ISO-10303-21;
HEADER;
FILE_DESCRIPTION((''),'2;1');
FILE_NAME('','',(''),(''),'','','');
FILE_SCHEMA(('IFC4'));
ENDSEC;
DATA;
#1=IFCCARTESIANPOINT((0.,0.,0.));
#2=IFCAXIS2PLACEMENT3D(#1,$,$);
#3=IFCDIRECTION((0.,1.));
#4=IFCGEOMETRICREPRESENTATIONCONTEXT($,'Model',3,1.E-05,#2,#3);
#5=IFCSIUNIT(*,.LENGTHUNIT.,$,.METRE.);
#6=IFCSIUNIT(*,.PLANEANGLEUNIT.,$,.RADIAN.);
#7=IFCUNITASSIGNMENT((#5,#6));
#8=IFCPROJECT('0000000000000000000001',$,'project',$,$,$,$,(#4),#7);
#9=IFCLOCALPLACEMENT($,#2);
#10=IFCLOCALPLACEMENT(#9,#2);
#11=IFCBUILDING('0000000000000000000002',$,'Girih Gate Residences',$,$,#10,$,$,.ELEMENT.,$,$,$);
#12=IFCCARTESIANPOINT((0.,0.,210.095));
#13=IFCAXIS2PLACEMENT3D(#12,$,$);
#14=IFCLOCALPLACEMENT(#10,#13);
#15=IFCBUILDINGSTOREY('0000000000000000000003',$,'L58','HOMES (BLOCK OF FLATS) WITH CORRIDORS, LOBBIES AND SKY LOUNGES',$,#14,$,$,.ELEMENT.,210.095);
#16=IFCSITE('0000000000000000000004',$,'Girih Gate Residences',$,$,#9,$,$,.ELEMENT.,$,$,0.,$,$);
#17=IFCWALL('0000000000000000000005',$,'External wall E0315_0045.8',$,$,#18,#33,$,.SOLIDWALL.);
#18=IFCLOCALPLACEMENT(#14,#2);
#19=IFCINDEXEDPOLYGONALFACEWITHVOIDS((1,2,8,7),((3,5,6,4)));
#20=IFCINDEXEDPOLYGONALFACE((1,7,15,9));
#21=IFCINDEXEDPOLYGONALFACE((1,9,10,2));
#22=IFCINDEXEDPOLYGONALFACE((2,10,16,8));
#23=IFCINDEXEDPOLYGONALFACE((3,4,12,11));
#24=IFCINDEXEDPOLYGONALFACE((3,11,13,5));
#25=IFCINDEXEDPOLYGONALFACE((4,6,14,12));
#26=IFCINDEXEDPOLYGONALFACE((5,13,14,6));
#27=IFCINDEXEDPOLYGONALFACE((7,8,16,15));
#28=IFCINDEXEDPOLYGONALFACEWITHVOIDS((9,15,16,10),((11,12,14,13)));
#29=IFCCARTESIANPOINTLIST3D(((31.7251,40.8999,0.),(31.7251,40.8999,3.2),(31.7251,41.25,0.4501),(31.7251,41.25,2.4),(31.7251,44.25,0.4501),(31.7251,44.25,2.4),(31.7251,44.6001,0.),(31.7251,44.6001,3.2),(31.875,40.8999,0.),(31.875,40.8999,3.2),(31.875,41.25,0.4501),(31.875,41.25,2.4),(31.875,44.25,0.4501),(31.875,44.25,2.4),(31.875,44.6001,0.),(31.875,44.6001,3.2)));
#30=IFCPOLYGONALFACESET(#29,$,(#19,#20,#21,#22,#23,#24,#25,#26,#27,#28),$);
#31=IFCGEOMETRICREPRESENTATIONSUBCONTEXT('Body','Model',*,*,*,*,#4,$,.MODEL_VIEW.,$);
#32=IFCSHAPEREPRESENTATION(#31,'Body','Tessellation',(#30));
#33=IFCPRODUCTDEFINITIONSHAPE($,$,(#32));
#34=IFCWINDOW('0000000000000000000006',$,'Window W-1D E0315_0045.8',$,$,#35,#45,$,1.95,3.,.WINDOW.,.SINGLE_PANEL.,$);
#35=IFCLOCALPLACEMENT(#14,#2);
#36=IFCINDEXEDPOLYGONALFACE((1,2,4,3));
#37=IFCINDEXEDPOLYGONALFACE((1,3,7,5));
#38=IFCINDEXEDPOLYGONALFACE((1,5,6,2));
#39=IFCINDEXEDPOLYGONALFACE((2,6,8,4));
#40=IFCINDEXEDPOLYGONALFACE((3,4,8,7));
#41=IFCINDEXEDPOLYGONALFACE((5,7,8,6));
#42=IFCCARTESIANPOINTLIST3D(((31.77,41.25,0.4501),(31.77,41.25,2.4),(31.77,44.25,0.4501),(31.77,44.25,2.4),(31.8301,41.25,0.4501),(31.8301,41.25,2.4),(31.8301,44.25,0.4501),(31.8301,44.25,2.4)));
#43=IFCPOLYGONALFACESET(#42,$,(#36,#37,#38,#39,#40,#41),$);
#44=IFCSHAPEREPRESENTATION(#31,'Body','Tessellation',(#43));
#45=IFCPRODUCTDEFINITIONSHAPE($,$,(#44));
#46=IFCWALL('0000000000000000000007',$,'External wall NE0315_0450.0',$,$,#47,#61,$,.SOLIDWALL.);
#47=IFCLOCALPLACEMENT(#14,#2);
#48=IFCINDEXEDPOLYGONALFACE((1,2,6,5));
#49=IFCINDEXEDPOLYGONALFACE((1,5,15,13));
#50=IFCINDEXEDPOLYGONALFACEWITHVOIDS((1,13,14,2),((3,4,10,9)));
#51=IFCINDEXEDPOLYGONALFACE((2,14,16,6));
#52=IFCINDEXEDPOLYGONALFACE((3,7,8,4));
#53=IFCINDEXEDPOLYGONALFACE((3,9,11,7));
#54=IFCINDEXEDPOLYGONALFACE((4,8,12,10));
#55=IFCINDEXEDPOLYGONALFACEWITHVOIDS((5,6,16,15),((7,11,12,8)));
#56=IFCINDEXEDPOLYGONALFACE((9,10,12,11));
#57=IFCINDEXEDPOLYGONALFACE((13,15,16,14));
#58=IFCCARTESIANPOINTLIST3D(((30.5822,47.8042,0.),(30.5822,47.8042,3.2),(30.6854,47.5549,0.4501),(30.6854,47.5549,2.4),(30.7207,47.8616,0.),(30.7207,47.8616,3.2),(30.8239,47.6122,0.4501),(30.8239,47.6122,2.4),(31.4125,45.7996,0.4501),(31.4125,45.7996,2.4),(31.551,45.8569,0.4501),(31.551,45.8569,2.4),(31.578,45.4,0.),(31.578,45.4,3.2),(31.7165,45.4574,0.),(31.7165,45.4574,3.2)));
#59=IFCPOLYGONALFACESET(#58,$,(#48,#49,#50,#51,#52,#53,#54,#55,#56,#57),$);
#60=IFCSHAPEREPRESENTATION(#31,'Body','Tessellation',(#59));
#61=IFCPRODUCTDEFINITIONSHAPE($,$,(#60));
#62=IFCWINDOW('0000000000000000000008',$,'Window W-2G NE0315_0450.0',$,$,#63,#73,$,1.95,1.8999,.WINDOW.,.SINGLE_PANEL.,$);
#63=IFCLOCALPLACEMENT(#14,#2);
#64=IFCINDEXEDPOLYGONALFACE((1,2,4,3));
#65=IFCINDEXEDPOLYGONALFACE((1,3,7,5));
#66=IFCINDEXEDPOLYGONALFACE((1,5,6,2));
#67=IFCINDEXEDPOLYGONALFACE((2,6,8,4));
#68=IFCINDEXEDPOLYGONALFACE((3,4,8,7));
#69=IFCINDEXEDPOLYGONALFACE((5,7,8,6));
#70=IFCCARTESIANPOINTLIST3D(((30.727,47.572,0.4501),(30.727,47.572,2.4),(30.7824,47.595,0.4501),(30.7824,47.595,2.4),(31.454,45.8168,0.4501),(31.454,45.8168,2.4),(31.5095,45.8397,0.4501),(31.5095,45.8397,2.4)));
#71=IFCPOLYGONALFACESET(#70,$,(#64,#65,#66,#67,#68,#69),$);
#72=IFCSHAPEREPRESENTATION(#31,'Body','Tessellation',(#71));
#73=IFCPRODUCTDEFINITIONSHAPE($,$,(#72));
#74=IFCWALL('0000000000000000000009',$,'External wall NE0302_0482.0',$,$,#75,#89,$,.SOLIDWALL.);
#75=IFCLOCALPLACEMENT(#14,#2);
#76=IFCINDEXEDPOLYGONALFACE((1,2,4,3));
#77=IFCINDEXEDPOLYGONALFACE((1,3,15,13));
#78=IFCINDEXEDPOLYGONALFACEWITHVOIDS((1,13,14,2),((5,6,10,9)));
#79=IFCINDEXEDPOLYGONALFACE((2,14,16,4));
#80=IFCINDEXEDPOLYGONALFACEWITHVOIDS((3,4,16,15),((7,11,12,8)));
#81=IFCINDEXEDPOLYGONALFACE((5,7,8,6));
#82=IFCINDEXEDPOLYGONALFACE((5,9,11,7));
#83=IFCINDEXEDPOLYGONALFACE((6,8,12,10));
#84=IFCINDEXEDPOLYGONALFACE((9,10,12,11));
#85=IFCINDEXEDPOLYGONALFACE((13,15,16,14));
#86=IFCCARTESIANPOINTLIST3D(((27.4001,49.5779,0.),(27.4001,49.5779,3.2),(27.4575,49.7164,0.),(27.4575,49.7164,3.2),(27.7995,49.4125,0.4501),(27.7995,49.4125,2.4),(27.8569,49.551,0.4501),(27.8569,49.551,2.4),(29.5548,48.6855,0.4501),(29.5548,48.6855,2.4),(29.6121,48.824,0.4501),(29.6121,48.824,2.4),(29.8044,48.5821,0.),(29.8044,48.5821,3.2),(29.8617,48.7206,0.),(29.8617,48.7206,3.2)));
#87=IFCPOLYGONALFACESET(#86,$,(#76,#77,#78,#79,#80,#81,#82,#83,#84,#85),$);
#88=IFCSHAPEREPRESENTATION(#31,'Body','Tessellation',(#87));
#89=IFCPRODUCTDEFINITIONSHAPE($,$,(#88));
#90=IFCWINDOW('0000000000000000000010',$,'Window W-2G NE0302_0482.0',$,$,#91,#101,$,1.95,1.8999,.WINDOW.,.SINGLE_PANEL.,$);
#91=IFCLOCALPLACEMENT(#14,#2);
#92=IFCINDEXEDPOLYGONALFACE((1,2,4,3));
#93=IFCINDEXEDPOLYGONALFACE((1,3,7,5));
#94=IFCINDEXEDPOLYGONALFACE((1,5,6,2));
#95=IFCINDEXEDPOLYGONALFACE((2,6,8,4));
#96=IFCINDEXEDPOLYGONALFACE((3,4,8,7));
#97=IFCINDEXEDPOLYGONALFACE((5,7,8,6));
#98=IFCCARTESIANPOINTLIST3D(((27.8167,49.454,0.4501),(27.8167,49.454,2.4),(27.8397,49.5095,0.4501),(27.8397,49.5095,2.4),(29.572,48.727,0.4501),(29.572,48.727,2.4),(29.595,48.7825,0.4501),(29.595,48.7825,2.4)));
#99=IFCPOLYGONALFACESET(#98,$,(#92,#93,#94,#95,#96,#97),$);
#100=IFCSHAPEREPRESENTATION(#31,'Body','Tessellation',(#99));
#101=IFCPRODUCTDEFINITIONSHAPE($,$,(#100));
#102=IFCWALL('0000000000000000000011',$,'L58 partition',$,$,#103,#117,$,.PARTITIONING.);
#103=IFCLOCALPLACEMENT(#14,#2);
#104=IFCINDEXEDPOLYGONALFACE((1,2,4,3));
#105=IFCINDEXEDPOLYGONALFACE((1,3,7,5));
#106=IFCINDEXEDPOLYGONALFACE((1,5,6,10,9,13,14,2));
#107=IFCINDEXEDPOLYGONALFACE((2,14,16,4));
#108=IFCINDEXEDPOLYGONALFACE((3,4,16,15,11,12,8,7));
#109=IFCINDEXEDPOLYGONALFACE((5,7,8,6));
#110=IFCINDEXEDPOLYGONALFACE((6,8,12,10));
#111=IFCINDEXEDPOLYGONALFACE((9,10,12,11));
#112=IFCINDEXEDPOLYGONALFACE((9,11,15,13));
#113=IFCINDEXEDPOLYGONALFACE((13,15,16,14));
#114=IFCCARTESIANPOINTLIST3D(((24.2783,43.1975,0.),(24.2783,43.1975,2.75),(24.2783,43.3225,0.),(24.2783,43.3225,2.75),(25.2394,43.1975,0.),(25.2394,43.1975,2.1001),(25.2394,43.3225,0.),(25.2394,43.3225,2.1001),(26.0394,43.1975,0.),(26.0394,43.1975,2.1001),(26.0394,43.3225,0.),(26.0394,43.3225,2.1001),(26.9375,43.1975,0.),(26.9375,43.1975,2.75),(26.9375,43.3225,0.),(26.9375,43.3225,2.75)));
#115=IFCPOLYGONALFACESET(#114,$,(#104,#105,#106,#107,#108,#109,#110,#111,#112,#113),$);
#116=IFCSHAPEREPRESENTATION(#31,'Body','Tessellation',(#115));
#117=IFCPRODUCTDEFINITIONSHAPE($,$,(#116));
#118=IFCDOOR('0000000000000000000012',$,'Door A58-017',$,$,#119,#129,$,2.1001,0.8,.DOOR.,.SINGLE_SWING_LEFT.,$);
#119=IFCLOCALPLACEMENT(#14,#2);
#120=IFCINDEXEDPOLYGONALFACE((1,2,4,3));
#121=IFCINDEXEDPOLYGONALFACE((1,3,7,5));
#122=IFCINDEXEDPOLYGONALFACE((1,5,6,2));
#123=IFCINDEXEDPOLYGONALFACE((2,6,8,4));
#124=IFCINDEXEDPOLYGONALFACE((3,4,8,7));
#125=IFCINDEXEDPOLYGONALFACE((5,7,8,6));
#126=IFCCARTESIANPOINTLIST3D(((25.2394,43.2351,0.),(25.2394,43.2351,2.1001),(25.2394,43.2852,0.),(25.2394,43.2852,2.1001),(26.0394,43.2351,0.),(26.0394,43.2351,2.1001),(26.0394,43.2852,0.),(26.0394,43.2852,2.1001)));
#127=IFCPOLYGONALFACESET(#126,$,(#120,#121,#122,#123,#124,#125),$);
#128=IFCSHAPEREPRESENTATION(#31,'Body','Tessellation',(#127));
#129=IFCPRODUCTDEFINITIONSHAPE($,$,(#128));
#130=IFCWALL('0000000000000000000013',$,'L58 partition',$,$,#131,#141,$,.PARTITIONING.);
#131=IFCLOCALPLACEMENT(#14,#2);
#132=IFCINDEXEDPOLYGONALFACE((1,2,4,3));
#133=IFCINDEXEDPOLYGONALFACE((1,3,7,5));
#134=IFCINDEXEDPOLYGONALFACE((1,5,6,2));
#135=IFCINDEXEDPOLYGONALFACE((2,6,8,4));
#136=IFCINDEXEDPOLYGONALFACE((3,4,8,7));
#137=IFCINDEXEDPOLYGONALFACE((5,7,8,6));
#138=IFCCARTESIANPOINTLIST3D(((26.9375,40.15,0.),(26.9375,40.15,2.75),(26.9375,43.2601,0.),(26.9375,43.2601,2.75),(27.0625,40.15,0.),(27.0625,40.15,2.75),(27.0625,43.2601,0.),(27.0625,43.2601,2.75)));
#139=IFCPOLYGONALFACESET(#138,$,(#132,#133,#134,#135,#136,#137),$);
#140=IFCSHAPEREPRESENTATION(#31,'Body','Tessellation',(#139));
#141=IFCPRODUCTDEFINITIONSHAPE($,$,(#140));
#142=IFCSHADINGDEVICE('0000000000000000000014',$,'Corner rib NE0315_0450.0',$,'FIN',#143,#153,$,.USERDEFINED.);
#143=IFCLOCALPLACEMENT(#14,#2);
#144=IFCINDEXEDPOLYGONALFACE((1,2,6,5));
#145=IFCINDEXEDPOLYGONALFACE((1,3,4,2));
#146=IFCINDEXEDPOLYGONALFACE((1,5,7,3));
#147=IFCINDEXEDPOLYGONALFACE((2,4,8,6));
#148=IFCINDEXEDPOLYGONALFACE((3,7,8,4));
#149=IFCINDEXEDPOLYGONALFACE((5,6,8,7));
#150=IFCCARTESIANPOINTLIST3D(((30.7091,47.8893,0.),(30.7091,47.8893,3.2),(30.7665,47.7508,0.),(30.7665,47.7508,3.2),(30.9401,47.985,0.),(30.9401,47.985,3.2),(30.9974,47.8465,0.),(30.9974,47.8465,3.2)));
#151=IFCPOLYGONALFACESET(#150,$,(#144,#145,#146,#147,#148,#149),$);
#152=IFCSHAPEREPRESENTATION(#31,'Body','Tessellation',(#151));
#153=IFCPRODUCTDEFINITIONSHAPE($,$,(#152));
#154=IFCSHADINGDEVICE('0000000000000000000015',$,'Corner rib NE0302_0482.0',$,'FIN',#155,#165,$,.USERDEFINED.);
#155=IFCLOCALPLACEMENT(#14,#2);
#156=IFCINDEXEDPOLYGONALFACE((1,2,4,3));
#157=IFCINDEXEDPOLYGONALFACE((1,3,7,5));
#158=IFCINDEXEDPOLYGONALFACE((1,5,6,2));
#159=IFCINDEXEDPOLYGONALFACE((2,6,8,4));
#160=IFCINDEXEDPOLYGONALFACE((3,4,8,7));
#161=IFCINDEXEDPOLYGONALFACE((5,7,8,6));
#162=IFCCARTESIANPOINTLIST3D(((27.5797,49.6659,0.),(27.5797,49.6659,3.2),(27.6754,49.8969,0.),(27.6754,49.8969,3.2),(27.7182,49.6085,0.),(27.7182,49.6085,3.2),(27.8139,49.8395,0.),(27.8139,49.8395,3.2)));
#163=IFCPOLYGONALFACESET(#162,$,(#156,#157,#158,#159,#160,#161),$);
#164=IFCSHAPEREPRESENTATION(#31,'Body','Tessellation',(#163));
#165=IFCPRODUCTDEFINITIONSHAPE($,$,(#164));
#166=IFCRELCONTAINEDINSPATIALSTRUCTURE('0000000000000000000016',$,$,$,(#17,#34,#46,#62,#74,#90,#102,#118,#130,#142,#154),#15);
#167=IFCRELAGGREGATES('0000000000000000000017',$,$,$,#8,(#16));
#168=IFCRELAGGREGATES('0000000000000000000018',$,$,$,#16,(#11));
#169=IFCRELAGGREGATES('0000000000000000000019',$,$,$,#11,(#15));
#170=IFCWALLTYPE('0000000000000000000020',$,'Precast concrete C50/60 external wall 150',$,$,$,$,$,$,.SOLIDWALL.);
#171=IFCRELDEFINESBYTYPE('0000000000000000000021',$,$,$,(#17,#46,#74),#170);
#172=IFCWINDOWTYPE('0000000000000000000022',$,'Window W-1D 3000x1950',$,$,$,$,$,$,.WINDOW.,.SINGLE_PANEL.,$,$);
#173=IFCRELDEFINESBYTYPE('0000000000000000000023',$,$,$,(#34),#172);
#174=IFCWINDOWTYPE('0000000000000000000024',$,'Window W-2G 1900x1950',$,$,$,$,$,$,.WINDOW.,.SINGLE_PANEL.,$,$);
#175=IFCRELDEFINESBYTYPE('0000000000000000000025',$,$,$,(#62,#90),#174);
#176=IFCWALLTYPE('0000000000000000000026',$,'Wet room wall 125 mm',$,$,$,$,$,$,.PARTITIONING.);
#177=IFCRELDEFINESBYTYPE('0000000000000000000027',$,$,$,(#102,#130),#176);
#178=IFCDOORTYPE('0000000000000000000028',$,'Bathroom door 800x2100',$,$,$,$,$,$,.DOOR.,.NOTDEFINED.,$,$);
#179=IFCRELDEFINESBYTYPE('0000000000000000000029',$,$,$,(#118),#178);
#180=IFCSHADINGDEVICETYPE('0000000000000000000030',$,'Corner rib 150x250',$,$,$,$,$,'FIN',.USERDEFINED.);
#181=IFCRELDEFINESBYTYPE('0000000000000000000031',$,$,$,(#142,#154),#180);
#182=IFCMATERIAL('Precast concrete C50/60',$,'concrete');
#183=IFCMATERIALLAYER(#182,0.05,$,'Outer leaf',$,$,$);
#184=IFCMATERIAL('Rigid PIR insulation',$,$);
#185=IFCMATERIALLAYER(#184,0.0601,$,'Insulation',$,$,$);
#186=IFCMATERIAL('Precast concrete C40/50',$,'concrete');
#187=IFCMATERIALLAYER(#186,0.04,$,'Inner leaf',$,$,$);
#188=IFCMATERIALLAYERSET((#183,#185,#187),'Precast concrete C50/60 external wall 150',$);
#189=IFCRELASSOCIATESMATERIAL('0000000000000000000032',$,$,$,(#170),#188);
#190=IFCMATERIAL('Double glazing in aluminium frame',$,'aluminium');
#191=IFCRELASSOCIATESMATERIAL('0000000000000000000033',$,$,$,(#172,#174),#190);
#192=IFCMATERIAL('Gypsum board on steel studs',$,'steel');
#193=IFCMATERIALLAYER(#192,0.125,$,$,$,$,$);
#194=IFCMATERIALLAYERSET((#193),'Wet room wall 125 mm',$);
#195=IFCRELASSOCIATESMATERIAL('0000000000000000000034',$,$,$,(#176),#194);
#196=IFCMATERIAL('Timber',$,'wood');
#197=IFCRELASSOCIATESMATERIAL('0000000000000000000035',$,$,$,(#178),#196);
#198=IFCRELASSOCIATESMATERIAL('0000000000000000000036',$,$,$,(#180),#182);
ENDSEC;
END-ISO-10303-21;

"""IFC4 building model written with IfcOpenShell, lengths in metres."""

from ifc_helpers import new_model, si_unit, direction, frame, frame_2d, origin, origin_2d, place, context, subcontext, project, spatial, rectangle, extrude, material, layer, layer_set, type_object, element, fill, save


model = new_model("IFC4")

# Units and contexts
model_context = context("Model", 3, precision=1e-05, world=origin(), true_north=direction((0.0, 1.0)))
body_context = subcontext(model_context, "Body", "Model", "MODEL_VIEW")
ifc_project = project(units=[si_unit("LENGTHUNIT", "METRE"), si_unit("PLANEANGLEUNIT", "RADIAN")], contexts=[model_context])

# Site, building, storey
site_placement = place(None, origin())
site = spatial("IfcSite", under=ifc_project, at=site_placement, Name="Girih Gate Residences", CompositionType="ELEMENT", RefElevation=0.0)
building_placement = place(site_placement, origin())
building = spatial("IfcBuilding", under=site, at=building_placement, Name="Girih Gate Residences", CompositionType="ELEMENT")
storey_placement = place(building_placement, frame((0.0, 0.0, 210.095)))
storey = spatial("IfcBuildingStorey", under=building, at=storey_placement, Name="L58", Description="HOMES (BLOCK OF FLATS) WITH CORRIDORS, LOBBIES AND SKY LOUNGES", CompositionType="ELEMENT", Elevation=210.095)

# Shared definitions
ifc_material_1 = material(Name="Gypsum board on steel studs", Category="steel")

# Shared definitions
ifc_material_2 = material(Name="Timber", Category="wood")

# Walls, openings, windows
ifc_material_3 = material(Name="Precast concrete C50/60", Category="concrete")
ifc_layer_1 = layer(ifc_material_3, 0.05, Name="Outer leaf")
ifc_material_4 = material(Name="Rigid PIR insulation")
ifc_layer_2 = layer(ifc_material_4, 0.0601, Name="Insulation")
ifc_material_5 = material(Name="Precast concrete C40/50", Category="concrete")
ifc_layer_3 = layer(ifc_material_5, 0.04, Name="Inner leaf")
ifc_layer_set_1 = layer_set([ifc_layer_1, ifc_layer_2, ifc_layer_3], Name="Precast concrete C50/60 external wall 150")
wall_type_1 = type_object("IfcWallType", Name="Precast concrete C50/60 external wall 150", PredefinedType="SOLIDWALL", material=ifc_layer_set_1)
wall_1_placement = place(storey_placement, frame((31.8, 44.6001, 0.0), z_axis=(0.0, 0.0, 1.0), x_axis=(0.0, -1.0, 0.0)))
wall_1 = element("IfcWall", 1, at=wall_1_placement, inside=storey, type_object=wall_type_1, Name="External wall E0315_0045.8", PredefinedType="SOLIDWALL", context=body_context, shape_type="SweptSolid", body=[
    extrude(rectangle(XDim=3.7002, YDim=0.1499, at=frame_2d((1.8501, 0.0))), origin(), (0.0, 0.0, 1.0), 3.2),
])
opening_1_placement = place(wall_1_placement, frame((0.3501, 0.0, 0.45)))
opening_1 = element("IfcOpeningElement", 2, at=opening_1_placement, cuts=wall_1, PredefinedType="OPENING", context=body_context, shape_type="SweptSolid", body=[
    extrude(rectangle(XDim=3.0, YDim=1.95, at=frame_2d((1.5, 0.9751))), frame((0.0, 0.085, 0.0), z_axis=(0.0, -1.0, 0.0), x_axis=(1.0, 0.0, 0.0)), (0.0, 0.0, 1.0), 0.1699),
])
ifc_material_6 = material(Name="Double glazing in aluminium frame", Category="aluminium")
window_type_1 = type_object("IfcWindowType", Name="Window W-1D 3000x1950", PartitioningType="SINGLE_PANEL", PredefinedType="WINDOW", material=ifc_material_6)
window_1_placement = place(opening_1_placement, origin())
window_1 = element("IfcWindow", 3, at=window_1_placement, inside=storey, type_object=window_type_1, Name="Window W-1D E0315_0045.8", OverallHeight=1.95, OverallWidth=3.0, PartitioningType="SINGLE_PANEL", PredefinedType="WINDOW", context=body_context, shape_type="SweptSolid", body=[
    extrude(rectangle(XDim=3.0, YDim=1.95, at=frame_2d((1.5, 0.9751))), frame((0.0, 0.03, 0.0), z_axis=(0.0, -1.0, 0.0), x_axis=(1.0, 0.0, 0.0)), (0.0, 0.0, 1.0), 0.0601),
])
fill(opening_1, window_1)
wall_2_placement = place(storey_placement, frame((30.6514, 47.833, 0.0), z_axis=(0.0, 0.0, 1.0), x_axis=(0.382669, -0.923885, 0.0)))
wall_2 = element("IfcWall", 4, at=wall_2_placement, inside=storey, type_object=wall_type_1, Name="External wall NE0315_0450.0", PredefinedType="SOLIDWALL", context=body_context, shape_type="SweptSolid", body=[
    extrude(rectangle(XDim=2.6023, YDim=0.1499, at=frame_2d((1.3013, 0.0))), origin(), (0.0, 0.0, 1.0), 3.2),
])
opening_2_placement = place(wall_2_placement, frame((0.27, 0.0, 0.45)))
opening_2 = element("IfcOpeningElement", 5, at=opening_2_placement, cuts=wall_2, PredefinedType="OPENING", context=body_context, shape_type="SweptSolid", body=[
    extrude(rectangle(XDim=1.8999, YDim=1.95, at=frame_2d((0.95, 0.9751))), frame((0.0, 0.085, 0.0), z_axis=(0.0, -1.0, 0.0), x_axis=(1.0, 0.0, 0.0)), (0.0, 0.0, 1.0), 0.1699),
])
window_type_2 = type_object("IfcWindowType", Name="Window W-2G 1900x1950", PartitioningType="SINGLE_PANEL", PredefinedType="WINDOW", material=ifc_material_6)
window_2_placement = place(opening_2_placement, origin())
window_2 = element("IfcWindow", 6, at=window_2_placement, inside=storey, type_object=window_type_2, Name="Window W-2G NE0315_0450.0", OverallHeight=1.95, OverallWidth=1.8999, PartitioningType="SINGLE_PANEL", PredefinedType="WINDOW", context=body_context, shape_type="SweptSolid", body=[
    extrude(rectangle(XDim=1.8999, YDim=1.95, at=frame_2d((0.95, 0.9751))), frame((0.0, 0.03, 0.0), z_axis=(0.0, -1.0, 0.0), x_axis=(1.0, 0.0, 0.0)), (0.0, 0.0, 1.0), 0.0601),
])
fill(opening_2, window_2)
wall_3_placement = place(storey_placement, frame((27.4287, 49.6472, 0.0), z_axis=(0.0, 0.0, 1.0), x_axis=(0.923885, -0.382669, 0.0)))
wall_3 = element("IfcWall", 7, at=wall_3_placement, inside=storey, type_object=wall_type_1, Name="External wall NE0302_0482.0", PredefinedType="SOLIDWALL", context=body_context, shape_type="SweptSolid", body=[
    extrude(rectangle(XDim=2.6023, YDim=0.1499, at=frame_2d((1.3013, 0.0))), origin(), (0.0, 0.0, 1.0), 3.2),
])
opening_3_placement = place(wall_3_placement, frame((0.4324, 0.0, 0.45)))
opening_3 = element("IfcOpeningElement", 8, at=opening_3_placement, cuts=wall_3, PredefinedType="OPENING", context=body_context, shape_type="SweptSolid", body=[
    extrude(rectangle(XDim=1.8999, YDim=1.95, at=frame_2d((0.95, 0.9751))), frame((0.0, 0.085, 0.0), z_axis=(0.0, -1.0, 0.0), x_axis=(1.0, 0.0, 0.0)), (0.0, 0.0, 1.0), 0.1699),
])
window_3_placement = place(opening_3_placement, origin())
window_3 = element("IfcWindow", 9, at=window_3_placement, inside=storey, type_object=window_type_2, Name="Window W-2G NE0302_0482.0", OverallHeight=1.95, OverallWidth=1.8999, PartitioningType="SINGLE_PANEL", PredefinedType="WINDOW", context=body_context, shape_type="SweptSolid", body=[
    extrude(rectangle(XDim=1.8999, YDim=1.95, at=frame_2d((0.95, 0.9751))), frame((0.0, 0.03, 0.0), z_axis=(0.0, -1.0, 0.0), x_axis=(1.0, 0.0, 0.0)), (0.0, 0.0, 1.0), 0.0601),
])
fill(opening_3, window_3)

# Wall, opening, door
ifc_layer_4 = layer(ifc_material_1, 0.125)
ifc_layer_set_2 = layer_set([ifc_layer_4], Name="Wet room wall 125 mm")
wall_type_2 = type_object("IfcWallType", Name="Wet room wall 125 mm", PredefinedType="PARTITIONING", material=ifc_layer_set_2)
wall_4_placement = place(storey_placement, frame((26.9375, 43.26, 0.0), z_axis=(0.0, 0.0, 1.0), x_axis=(-1.0, 0.0, 0.0)))
wall_4 = element("IfcWall", 10, at=wall_4_placement, inside=storey, type_object=wall_type_2, Name="L58 partition", PredefinedType="PARTITIONING", context=body_context, shape_type="SweptSolid", body=[
    extrude(rectangle(XDim=2.6592, YDim=0.125, at=frame_2d((1.3296, 0.0))), origin(), (0.0, 0.0, 1.0), 2.75),
])
opening_4_placement = place(wall_4_placement, frame((0.8982, 0.0, 0.0)))
opening_4 = element("IfcOpeningElement", 11, at=opening_4_placement, cuts=wall_4, PredefinedType="OPENING", context=body_context, shape_type="SweptSolid", body=[
    extrude(rectangle(XDim=0.8, YDim=2.1001, at=frame_2d((0.3999, 1.05))), frame((0.0, 0.0725, 0.0), z_axis=(0.0, -1.0, 0.0), x_axis=(1.0, 0.0, 0.0)), (0.0, 0.0, 1.0), 0.145),
])
door_type_1 = type_object("IfcDoorType", Name="Bathroom door 800x2100", OperationType="NOTDEFINED", PredefinedType="DOOR", material=ifc_material_2)
door_1_placement = place(opening_4_placement, origin())
door_1 = element("IfcDoor", 12, at=door_1_placement, inside=storey, type_object=door_type_1, Name="Door A58-017", OperationType="SINGLE_SWING_LEFT", OverallHeight=2.1001, OverallWidth=0.8, PredefinedType="DOOR", context=body_context, shape_type="SweptSolid", body=[
    extrude(rectangle(XDim=0.8, YDim=2.1001, at=frame_2d((0.3999, 1.05))), frame((0.0, 0.0249, 0.0), z_axis=(0.0, -1.0, 0.0), x_axis=(1.0, 0.0, 0.0)), (0.0, 0.0, 1.0), 0.05),
])
fill(opening_4, door_1)

# Wall
wall_5_placement = place(storey_placement, frame((27.0, 40.1499, 0.0), z_axis=(0.0, 0.0, 1.0), x_axis=(0.0, 1.0, 0.0)))
element("IfcWall", 13, at=wall_5_placement, inside=storey, type_object=wall_type_2, Name="L58 partition", PredefinedType="PARTITIONING", context=body_context, shape_type="SweptSolid", body=[
    extrude(rectangle(XDim=3.1101, YDim=0.125, at=frame_2d((1.5552, 0.0))), origin(), (0.0, 0.0, 1.0), 2.75),
])

# Shading devices
shading_device_type = type_object("IfcShadingDeviceType", Name="Corner rib 150x250", ElementType="FIN", PredefinedType="USERDEFINED", material=ifc_material_3)
for number, where, z_axis, x_axis, name in (
    (14, (30.8533, 47.8679, 0.0), (0.0, 0.0, 1.0), (-0.382683, 0.92388, 0.0), "Corner rib NE0315_0450.0"),
    (15, (27.6968, 49.7527, 0.0), (0.0, 0.0, 1.0), (-0.92388, 0.382683, 0.0), "Corner rib NE0302_0482.0"),
):
    element("IfcShadingDevice", number, at=place(storey_placement, frame(where, z_axis=z_axis, x_axis=x_axis)), inside=storey, type_object=shading_device_type, Name=name, ObjectType="FIN", PredefinedType="USERDEFINED", context=body_context, shape_type="SweptSolid", body=[
        extrude(rectangle(XDim=0.1499, YDim=0.25, at=origin_2d()), origin(), (0.0, 0.0, 1.0), 3.2),
    ])

save(model, "model.ifc")
